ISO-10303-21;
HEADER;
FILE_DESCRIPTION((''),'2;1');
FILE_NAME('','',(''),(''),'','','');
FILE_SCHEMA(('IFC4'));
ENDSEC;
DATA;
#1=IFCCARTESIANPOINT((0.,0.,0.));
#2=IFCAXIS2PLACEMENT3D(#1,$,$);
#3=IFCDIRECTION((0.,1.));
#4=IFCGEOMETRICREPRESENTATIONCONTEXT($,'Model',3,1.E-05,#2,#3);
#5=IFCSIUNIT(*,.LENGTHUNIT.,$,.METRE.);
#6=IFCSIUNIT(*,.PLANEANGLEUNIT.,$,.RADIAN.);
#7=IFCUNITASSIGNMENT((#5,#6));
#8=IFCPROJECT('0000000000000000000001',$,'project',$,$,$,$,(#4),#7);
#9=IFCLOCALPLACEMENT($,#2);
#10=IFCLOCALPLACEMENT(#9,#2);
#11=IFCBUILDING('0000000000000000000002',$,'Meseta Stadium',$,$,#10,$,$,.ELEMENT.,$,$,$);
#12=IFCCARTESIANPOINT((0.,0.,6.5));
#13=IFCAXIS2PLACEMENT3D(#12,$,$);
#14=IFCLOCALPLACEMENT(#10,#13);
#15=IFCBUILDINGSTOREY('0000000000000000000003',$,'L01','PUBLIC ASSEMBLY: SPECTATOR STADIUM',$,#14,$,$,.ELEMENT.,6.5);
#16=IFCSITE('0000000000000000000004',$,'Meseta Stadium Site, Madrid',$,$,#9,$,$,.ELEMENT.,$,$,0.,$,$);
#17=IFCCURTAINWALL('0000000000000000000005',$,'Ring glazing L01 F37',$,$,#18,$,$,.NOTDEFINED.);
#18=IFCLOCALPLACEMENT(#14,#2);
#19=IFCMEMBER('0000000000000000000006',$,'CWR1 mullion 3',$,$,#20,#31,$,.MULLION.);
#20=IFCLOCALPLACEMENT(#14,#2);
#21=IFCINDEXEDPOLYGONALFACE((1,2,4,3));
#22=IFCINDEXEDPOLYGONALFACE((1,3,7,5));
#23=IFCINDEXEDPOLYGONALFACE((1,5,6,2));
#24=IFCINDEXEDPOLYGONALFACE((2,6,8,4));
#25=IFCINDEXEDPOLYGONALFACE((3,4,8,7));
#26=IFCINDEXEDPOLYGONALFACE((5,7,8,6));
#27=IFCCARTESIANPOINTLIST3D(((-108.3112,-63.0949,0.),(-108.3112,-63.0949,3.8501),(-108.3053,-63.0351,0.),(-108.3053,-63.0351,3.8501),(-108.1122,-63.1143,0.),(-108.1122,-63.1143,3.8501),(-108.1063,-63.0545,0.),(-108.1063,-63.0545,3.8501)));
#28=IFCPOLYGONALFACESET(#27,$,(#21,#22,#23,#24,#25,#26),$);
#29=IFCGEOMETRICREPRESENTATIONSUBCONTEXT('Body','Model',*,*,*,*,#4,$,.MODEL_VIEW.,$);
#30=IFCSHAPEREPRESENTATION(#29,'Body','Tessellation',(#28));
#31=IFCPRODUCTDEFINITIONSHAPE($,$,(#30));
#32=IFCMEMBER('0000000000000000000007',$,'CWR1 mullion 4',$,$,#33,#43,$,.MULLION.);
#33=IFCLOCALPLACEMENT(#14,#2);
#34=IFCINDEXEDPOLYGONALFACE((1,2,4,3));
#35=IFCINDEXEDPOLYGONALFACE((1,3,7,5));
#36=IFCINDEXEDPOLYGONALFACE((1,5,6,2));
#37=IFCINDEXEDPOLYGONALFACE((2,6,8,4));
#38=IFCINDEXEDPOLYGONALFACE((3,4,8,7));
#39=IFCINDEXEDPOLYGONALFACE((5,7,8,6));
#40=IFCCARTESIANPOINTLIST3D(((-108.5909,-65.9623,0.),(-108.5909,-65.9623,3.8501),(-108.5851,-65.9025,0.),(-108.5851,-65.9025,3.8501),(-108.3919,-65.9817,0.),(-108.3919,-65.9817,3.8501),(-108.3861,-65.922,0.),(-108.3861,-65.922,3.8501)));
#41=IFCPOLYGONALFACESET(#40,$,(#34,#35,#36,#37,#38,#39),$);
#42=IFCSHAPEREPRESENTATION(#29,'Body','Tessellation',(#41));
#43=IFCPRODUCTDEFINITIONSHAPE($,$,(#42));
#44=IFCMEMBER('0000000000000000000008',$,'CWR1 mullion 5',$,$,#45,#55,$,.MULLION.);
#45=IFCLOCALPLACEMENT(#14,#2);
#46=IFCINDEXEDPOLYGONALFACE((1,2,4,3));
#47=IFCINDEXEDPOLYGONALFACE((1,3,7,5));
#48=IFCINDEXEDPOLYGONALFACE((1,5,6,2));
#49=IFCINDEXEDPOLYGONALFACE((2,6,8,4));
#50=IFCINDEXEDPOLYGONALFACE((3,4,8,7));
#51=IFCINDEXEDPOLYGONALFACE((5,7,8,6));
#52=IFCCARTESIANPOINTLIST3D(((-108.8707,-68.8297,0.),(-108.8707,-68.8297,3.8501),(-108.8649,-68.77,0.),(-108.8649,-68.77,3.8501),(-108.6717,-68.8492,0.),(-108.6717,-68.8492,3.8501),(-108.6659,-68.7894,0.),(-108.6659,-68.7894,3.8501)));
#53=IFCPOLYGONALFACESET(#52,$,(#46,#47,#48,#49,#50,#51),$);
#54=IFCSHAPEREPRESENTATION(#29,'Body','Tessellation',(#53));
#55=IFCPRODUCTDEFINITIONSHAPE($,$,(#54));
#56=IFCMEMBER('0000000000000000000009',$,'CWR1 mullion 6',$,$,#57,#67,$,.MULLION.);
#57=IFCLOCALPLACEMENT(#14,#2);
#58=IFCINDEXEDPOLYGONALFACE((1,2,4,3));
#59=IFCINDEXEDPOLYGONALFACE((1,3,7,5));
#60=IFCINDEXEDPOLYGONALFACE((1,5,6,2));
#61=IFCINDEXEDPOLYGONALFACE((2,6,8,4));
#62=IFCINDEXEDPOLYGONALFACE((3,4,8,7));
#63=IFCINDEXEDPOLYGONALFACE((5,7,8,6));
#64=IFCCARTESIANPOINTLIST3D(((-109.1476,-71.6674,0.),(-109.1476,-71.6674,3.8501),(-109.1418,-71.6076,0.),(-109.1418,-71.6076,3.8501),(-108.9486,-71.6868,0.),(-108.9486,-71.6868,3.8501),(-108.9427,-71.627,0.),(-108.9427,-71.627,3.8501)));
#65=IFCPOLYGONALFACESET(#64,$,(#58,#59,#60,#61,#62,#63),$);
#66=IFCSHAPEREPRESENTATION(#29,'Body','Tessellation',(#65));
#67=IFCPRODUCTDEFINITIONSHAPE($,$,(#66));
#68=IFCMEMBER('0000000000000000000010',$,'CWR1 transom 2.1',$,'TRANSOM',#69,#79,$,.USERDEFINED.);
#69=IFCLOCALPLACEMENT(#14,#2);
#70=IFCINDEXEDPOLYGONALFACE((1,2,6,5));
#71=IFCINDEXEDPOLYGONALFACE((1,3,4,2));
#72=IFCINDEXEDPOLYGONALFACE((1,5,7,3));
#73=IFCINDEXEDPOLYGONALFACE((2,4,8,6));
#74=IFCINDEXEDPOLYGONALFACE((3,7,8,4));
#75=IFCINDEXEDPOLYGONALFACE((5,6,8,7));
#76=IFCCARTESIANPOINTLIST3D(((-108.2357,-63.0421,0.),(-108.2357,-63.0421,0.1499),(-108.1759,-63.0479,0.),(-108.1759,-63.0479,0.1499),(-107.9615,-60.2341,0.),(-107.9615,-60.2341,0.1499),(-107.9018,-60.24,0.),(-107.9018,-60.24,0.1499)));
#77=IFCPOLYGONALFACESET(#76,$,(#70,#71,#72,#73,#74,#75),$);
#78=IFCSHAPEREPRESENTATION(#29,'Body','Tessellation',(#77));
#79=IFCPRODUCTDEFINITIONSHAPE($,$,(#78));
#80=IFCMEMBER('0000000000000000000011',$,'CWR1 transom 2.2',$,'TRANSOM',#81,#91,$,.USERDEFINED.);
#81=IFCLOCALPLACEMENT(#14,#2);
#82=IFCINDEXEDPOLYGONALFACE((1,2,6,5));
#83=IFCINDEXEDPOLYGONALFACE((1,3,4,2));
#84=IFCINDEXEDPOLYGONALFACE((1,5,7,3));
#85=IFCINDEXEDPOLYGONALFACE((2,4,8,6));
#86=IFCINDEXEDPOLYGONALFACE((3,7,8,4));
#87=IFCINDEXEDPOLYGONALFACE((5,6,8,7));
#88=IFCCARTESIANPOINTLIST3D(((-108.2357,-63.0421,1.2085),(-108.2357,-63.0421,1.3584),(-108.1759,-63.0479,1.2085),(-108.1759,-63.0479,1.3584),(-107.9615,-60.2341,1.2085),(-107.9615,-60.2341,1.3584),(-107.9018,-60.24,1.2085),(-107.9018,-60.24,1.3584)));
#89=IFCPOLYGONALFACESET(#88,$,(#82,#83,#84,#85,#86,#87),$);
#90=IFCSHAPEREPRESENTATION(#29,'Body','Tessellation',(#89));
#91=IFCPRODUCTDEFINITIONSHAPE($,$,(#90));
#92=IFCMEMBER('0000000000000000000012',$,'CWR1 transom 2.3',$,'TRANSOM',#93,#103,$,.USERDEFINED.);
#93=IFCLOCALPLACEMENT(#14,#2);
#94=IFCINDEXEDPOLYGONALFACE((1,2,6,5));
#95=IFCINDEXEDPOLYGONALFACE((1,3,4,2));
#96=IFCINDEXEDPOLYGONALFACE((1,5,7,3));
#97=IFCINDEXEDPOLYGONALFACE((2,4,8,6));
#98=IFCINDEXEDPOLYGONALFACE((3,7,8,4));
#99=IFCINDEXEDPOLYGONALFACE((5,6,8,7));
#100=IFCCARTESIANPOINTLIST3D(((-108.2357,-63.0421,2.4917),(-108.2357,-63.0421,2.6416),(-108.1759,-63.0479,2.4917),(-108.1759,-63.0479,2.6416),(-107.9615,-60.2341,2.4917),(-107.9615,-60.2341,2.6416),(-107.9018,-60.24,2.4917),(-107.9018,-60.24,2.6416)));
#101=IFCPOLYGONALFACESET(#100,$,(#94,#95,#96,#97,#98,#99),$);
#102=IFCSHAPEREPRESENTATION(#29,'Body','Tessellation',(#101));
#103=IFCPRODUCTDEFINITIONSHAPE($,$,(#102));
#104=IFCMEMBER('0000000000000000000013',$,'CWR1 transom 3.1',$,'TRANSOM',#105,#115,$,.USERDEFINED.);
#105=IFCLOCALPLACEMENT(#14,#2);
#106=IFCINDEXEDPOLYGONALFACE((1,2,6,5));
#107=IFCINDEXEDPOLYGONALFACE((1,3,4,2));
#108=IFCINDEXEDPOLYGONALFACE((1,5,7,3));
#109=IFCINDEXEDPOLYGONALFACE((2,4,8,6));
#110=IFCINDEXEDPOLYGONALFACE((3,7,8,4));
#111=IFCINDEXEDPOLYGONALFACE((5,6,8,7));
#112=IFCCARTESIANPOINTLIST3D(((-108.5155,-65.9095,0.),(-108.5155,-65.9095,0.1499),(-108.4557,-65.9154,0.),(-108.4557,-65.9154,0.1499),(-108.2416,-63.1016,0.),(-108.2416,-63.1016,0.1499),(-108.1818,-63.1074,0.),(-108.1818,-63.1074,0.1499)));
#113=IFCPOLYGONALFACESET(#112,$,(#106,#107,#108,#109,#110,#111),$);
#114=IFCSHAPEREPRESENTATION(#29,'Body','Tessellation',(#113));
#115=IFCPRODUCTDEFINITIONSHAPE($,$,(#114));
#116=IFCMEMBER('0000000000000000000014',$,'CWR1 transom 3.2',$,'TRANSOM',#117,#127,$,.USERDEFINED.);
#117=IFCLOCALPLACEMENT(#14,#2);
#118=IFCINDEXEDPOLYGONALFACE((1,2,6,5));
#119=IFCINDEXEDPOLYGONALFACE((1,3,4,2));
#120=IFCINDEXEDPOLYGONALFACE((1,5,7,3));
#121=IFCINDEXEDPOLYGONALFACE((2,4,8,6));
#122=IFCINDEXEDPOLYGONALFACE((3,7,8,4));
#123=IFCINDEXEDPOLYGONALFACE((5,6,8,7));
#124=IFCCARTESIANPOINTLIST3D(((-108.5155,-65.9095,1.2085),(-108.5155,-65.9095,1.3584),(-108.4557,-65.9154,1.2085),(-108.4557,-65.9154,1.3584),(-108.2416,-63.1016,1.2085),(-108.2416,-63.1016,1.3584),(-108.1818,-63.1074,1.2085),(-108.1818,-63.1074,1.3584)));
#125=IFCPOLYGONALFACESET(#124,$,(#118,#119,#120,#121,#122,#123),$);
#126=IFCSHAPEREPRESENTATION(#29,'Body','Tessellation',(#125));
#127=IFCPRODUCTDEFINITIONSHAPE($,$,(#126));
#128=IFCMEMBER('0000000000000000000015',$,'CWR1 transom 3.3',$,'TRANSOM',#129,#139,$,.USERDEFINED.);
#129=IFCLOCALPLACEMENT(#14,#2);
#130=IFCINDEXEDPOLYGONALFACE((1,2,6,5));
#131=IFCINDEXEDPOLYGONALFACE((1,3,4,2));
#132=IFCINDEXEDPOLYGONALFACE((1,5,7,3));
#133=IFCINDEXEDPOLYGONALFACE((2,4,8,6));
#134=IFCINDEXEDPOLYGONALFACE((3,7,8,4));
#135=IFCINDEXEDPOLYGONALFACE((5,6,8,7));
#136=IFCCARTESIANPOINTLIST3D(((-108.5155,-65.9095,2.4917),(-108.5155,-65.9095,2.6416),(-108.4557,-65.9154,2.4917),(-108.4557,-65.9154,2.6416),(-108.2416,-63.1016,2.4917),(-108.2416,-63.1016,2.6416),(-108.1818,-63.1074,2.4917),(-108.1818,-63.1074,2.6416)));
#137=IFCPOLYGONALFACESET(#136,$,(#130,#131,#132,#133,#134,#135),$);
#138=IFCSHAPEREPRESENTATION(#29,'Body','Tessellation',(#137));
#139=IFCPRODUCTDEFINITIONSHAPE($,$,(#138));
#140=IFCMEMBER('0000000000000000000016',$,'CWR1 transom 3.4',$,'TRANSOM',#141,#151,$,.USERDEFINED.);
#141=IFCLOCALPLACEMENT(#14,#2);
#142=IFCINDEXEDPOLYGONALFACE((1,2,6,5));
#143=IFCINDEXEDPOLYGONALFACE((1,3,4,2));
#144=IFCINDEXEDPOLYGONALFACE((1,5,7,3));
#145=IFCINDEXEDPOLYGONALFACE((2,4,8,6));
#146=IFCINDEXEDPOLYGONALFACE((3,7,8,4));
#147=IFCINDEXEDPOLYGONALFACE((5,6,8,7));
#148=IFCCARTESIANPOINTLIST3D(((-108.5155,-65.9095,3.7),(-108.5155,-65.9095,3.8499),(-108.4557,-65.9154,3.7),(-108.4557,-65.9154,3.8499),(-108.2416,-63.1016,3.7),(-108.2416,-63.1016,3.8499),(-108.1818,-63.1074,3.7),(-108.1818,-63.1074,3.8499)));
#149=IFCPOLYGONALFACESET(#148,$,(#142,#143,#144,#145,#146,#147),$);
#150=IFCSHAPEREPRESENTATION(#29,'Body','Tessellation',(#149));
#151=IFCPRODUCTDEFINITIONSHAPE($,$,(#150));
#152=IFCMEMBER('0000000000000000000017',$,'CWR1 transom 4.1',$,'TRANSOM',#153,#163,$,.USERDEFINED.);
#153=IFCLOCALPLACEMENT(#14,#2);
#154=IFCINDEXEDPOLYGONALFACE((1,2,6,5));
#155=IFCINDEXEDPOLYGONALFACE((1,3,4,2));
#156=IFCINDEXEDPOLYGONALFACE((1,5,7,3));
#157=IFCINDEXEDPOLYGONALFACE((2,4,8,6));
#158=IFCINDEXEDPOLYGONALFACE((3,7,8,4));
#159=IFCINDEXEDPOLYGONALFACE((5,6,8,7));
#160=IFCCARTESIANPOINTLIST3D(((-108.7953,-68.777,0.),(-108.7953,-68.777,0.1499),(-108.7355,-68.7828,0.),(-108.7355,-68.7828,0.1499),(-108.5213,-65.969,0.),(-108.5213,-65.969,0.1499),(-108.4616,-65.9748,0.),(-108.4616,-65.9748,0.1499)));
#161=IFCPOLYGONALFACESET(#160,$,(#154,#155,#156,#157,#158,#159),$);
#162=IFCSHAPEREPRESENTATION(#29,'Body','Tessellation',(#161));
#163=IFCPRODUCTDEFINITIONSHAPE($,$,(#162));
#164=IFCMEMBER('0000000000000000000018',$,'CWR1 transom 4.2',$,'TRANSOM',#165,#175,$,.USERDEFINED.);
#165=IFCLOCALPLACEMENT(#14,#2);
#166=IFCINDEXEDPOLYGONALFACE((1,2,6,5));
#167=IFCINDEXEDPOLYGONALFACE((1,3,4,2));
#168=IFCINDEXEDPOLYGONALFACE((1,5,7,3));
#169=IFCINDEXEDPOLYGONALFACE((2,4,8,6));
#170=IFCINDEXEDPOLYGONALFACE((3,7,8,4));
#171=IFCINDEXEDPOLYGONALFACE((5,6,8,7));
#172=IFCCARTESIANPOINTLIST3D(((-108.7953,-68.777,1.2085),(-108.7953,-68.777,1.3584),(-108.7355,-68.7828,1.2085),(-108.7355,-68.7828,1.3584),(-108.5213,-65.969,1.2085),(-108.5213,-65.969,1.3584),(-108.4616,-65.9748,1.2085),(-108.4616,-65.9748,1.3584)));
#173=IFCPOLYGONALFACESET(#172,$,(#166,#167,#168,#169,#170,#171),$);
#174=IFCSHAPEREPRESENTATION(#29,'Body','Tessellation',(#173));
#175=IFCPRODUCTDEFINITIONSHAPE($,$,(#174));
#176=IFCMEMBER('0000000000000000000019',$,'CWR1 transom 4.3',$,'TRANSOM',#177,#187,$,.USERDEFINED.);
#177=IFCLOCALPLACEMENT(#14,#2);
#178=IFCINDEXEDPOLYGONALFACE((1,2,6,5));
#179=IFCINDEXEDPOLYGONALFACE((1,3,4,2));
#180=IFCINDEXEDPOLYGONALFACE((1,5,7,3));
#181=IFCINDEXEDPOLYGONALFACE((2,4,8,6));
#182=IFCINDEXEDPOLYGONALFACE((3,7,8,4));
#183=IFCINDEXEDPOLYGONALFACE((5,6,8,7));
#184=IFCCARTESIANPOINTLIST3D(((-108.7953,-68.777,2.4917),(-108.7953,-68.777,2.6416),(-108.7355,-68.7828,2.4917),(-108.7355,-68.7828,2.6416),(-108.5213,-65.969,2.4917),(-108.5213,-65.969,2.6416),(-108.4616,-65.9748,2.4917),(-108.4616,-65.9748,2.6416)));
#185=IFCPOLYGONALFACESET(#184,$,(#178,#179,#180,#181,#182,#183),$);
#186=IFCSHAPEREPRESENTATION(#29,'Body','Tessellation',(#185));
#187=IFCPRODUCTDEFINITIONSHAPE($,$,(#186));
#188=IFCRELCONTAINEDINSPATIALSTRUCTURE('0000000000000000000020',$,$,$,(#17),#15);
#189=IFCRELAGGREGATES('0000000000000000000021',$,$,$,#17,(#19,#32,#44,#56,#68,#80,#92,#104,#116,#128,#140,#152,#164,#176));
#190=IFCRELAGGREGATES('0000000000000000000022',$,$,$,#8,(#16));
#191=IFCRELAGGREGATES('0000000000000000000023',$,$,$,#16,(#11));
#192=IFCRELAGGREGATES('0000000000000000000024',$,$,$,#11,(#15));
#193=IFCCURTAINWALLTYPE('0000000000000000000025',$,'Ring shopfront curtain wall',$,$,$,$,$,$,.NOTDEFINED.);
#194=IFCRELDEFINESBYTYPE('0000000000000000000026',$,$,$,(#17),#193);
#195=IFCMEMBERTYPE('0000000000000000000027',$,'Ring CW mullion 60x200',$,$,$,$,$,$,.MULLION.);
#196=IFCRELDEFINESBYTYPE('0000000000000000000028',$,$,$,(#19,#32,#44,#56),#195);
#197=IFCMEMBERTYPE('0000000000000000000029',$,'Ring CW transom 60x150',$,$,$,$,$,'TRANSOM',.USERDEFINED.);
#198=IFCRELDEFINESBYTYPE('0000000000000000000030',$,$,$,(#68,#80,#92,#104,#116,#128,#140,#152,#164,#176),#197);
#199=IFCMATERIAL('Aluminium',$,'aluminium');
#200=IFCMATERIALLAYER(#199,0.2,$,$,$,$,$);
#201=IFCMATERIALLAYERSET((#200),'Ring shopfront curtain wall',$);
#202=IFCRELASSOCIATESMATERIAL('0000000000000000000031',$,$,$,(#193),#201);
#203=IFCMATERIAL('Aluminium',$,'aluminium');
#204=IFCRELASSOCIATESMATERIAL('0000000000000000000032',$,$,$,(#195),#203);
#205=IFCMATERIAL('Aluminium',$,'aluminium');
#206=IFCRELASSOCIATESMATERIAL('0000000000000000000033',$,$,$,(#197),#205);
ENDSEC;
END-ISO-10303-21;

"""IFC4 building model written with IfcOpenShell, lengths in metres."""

from ifc_helpers import new_model, si_unit, direction, frame, origin, origin_2d, place, context, subcontext, project, spatial, rectangle, extrude, material, layer, layer_set, material_profile, profile_set, type_object, element, aggregate, save


model = new_model("IFC4")

# Units and contexts
model_context = context("Model", 3, precision=1e-05, world=origin(), true_north=direction((0.0, 1.0)))
body_context = subcontext(model_context, "Body", "Model", "MODEL_VIEW")
ifc_project = project(units=[si_unit("LENGTHUNIT", "METRE"), si_unit("PLANEANGLEUNIT", "RADIAN")], contexts=[model_context])

# Site, building, storey
site_placement = place(None, origin())
site = spatial("IfcSite", under=ifc_project, at=site_placement, Name="Meseta Stadium Site, Madrid", CompositionType="ELEMENT", RefElevation=0.0)
building_placement = place(site_placement, origin())
building = spatial("IfcBuilding", under=site, at=building_placement, Name="Meseta Stadium", CompositionType="ELEMENT")
storey_placement = place(building_placement, frame((0.0, 0.0, 6.5)))
storey = spatial("IfcBuildingStorey", under=building, at=storey_placement, Name="L01", Description="PUBLIC ASSEMBLY: SPECTATOR STADIUM", CompositionType="ELEMENT", Elevation=6.5)

# Curtain wall, members
ifc_material_1 = material(Name="Aluminium", Category="aluminium")
ifc_layer_1 = layer(ifc_material_1, 0.2)
ifc_layer_set_1 = layer_set([ifc_layer_1], Name="Ring shopfront curtain wall")
curtain_wall_type = type_object("IfcCurtainWallType", Name="Ring shopfront curtain wall", PredefinedType="NOTDEFINED", material=ifc_layer_set_1)
curtain_wall_placement = place(storey_placement, origin())
curtain_wall = element("IfcCurtainWall", 1, at=curtain_wall_placement, inside=storey, type_object=curtain_wall_type, Name="Ring glazing L01 F37", PredefinedType="NOTDEFINED")
ifc_material_2 = material(Name="Aluminium", Category="aluminium")
ifc_material_profile_1 = material_profile(ifc_material_2, rectangle(XDim=0.2, YDim=0.0601, at=origin_2d()), Name="CW 200x60")
ifc_profile_set_1 = profile_set([ifc_material_profile_1], Name="Aluminium")
member_type_1 = type_object("IfcMemberType", Name="Ring CW mullion 60x200", PredefinedType="MULLION", material=ifc_profile_set_1)
member_1_placement = place(storey_placement, frame((-108.2087, -63.0747, 0.0), z_axis=(0.0, 0.0, 1.0), x_axis=(0.995272, -0.097125, 0.0)))
member_1 = element("IfcMember", 2, at=member_1_placement, type_object=member_type_1, Name="CWR1 mullion 3", PredefinedType="MULLION", context=body_context, shape_type="SweptSolid", body=[
    extrude(rectangle(XDim=0.2, YDim=0.0601, at=origin_2d()), origin(), (0.0, 0.0, 1.0), 3.8501),
])
member_2_placement = place(storey_placement, frame((-108.4885, -65.9421, 0.0), z_axis=(0.0, 0.0, 1.0), x_axis=(0.995272, -0.097125, 0.0)))
member_2 = element("IfcMember", 3, at=member_2_placement, type_object=member_type_1, Name="CWR1 mullion 4", PredefinedType="MULLION", context=body_context, shape_type="SweptSolid", body=[
    extrude(rectangle(XDim=0.2, YDim=0.0601, at=origin_2d()), origin(), (0.0, 0.0, 1.0), 3.8501),
])
member_3_placement = place(storey_placement, frame((-108.7683, -68.8096, 0.0), z_axis=(0.0, 0.0, 1.0), x_axis=(0.995272, -0.097125, 0.0)))
member_3 = element("IfcMember", 4, at=member_3_placement, type_object=member_type_1, Name="CWR1 mullion 5", PredefinedType="MULLION", context=body_context, shape_type="SweptSolid", body=[
    extrude(rectangle(XDim=0.2, YDim=0.0601, at=origin_2d()), origin(), (0.0, 0.0, 1.0), 3.8501),
])
member_4_placement = place(storey_placement, frame((-109.0452, -71.6472, 0.0), z_axis=(0.0, 0.0, 1.0), x_axis=(0.995272, -0.097125, 0.0)))
member_4 = element("IfcMember", 5, at=member_4_placement, type_object=member_type_1, Name="CWR1 mullion 6", PredefinedType="MULLION", context=body_context, shape_type="SweptSolid", body=[
    extrude(rectangle(XDim=0.2, YDim=0.0601, at=origin_2d()), origin(), (0.0, 0.0, 1.0), 3.8501),
])
ifc_material_3 = material(Name="Aluminium", Category="aluminium")
ifc_material_profile_2 = material_profile(ifc_material_3, rectangle(XDim=0.0601, YDim=0.1499, at=origin_2d()), Name="CW 60x150")
ifc_profile_set_2 = profile_set([ifc_material_profile_2], Name="Aluminium")
member_type_2 = type_object("IfcMemberType", Name="Ring CW transom 60x150", ElementType="TRANSOM", PredefinedType="USERDEFINED", material=ifc_profile_set_2)
member_5_placement = place(storey_placement, frame((-107.9316, -60.2371, 0.075), z_axis=(-0.097182, -0.995267, 0.0), x_axis=(0.995267, -0.097182, 0.0)))
member_5 = element("IfcMember", 6, at=member_5_placement, type_object=member_type_2, Name="CWR1 transom 2.1", ObjectType="TRANSOM", PredefinedType="USERDEFINED", context=body_context, shape_type="SweptSolid", body=[
    extrude(rectangle(XDim=0.0601, YDim=0.1499, at=origin_2d()), origin(), (0.0, 0.0, 1.0), 2.8213),
])
member_6_placement = place(storey_placement, frame((-107.9316, -60.2371, 1.2834), z_axis=(-0.097182, -0.995267, 0.0), x_axis=(0.995267, -0.097182, 0.0)))
member_6 = element("IfcMember", 7, at=member_6_placement, type_object=member_type_2, Name="CWR1 transom 2.2", ObjectType="TRANSOM", PredefinedType="USERDEFINED", context=body_context, shape_type="SweptSolid", body=[
    extrude(rectangle(XDim=0.0601, YDim=0.1499, at=origin_2d()), origin(), (0.0, 0.0, 1.0), 2.8213),
])
member_7_placement = place(storey_placement, frame((-107.9316, -60.2371, 2.5667), z_axis=(-0.097182, -0.995267, 0.0), x_axis=(0.995267, -0.097182, 0.0)))
member_7 = element("IfcMember", 8, at=member_7_placement, type_object=member_type_2, Name="CWR1 transom 2.3", ObjectType="TRANSOM", PredefinedType="USERDEFINED", context=body_context, shape_type="SweptSolid", body=[
    extrude(rectangle(XDim=0.0601, YDim=0.1499, at=origin_2d()), origin(), (0.0, 0.0, 1.0), 2.8213),
])
member_8_placement = place(storey_placement, frame((-108.2117, -63.1045, 0.075), z_axis=(-0.097096, -0.995275, 0.0), x_axis=(0.995275, -0.097096, 0.0)))
member_8 = element("IfcMember", 9, at=member_8_placement, type_object=member_type_2, Name="CWR1 transom 3.1", ObjectType="TRANSOM", PredefinedType="USERDEFINED", context=body_context, shape_type="SweptSolid", body=[
    extrude(rectangle(XDim=0.0601, YDim=0.1499, at=origin_2d()), origin(), (0.0, 0.0, 1.0), 2.8213),
])
member_9_placement = place(storey_placement, frame((-108.2117, -63.1045, 1.2834), z_axis=(-0.097096, -0.995275, 0.0), x_axis=(0.995275, -0.097096, 0.0)))
member_9 = element("IfcMember", 10, at=member_9_placement, type_object=member_type_2, Name="CWR1 transom 3.2", ObjectType="TRANSOM", PredefinedType="USERDEFINED", context=body_context, shape_type="SweptSolid", body=[
    extrude(rectangle(XDim=0.0601, YDim=0.1499, at=origin_2d()), origin(), (0.0, 0.0, 1.0), 2.8213),
])
member_10_placement = place(storey_placement, frame((-108.2117, -63.1045, 2.5667), z_axis=(-0.097096, -0.995275, 0.0), x_axis=(0.995275, -0.097096, 0.0)))
member_10 = element("IfcMember", 11, at=member_10_placement, type_object=member_type_2, Name="CWR1 transom 3.3", ObjectType="TRANSOM", PredefinedType="USERDEFINED", context=body_context, shape_type="SweptSolid", body=[
    extrude(rectangle(XDim=0.0601, YDim=0.1499, at=origin_2d()), origin(), (0.0, 0.0, 1.0), 2.8213),
])
member_11_placement = place(storey_placement, frame((-108.2117, -63.1045, 3.7749), z_axis=(-0.097096, -0.995275, 0.0), x_axis=(0.995275, -0.097096, 0.0)))
member_11 = element("IfcMember", 12, at=member_11_placement, type_object=member_type_2, Name="CWR1 transom 3.4", ObjectType="TRANSOM", PredefinedType="USERDEFINED", context=body_context, shape_type="SweptSolid", body=[
    extrude(rectangle(XDim=0.0601, YDim=0.1499, at=origin_2d()), origin(), (0.0, 0.0, 1.0), 2.8213),
])
member_12_placement = place(storey_placement, frame((-108.4915, -65.9719, 0.075), z_axis=(-0.097096, -0.995275, 0.0), x_axis=(0.995275, -0.097096, 0.0)))
member_12 = element("IfcMember", 13, at=member_12_placement, type_object=member_type_2, Name="CWR1 transom 4.1", ObjectType="TRANSOM", PredefinedType="USERDEFINED", context=body_context, shape_type="SweptSolid", body=[
    extrude(rectangle(XDim=0.0601, YDim=0.1499, at=origin_2d()), origin(), (0.0, 0.0, 1.0), 2.8213),
])
member_13_placement = place(storey_placement, frame((-108.4915, -65.9719, 1.2834), z_axis=(-0.097096, -0.995275, 0.0), x_axis=(0.995275, -0.097096, 0.0)))
member_13 = element("IfcMember", 14, at=member_13_placement, type_object=member_type_2, Name="CWR1 transom 4.2", ObjectType="TRANSOM", PredefinedType="USERDEFINED", context=body_context, shape_type="SweptSolid", body=[
    extrude(rectangle(XDim=0.0601, YDim=0.1499, at=origin_2d()), origin(), (0.0, 0.0, 1.0), 2.8213),
])
member_14_placement = place(storey_placement, frame((-108.4915, -65.9719, 2.5667), z_axis=(-0.097096, -0.995275, 0.0), x_axis=(0.995275, -0.097096, 0.0)))
member_14 = element("IfcMember", 15, at=member_14_placement, type_object=member_type_2, Name="CWR1 transom 4.3", ObjectType="TRANSOM", PredefinedType="USERDEFINED", context=body_context, shape_type="SweptSolid", body=[
    extrude(rectangle(XDim=0.0601, YDim=0.1499, at=origin_2d()), origin(), (0.0, 0.0, 1.0), 2.8213),
])
aggregate(curtain_wall, [member_1, member_2, member_3, member_4, member_5, member_6, member_7, member_8, member_9, member_10, member_11, member_12, member_13, member_14])

save(model, "model.ifc")
